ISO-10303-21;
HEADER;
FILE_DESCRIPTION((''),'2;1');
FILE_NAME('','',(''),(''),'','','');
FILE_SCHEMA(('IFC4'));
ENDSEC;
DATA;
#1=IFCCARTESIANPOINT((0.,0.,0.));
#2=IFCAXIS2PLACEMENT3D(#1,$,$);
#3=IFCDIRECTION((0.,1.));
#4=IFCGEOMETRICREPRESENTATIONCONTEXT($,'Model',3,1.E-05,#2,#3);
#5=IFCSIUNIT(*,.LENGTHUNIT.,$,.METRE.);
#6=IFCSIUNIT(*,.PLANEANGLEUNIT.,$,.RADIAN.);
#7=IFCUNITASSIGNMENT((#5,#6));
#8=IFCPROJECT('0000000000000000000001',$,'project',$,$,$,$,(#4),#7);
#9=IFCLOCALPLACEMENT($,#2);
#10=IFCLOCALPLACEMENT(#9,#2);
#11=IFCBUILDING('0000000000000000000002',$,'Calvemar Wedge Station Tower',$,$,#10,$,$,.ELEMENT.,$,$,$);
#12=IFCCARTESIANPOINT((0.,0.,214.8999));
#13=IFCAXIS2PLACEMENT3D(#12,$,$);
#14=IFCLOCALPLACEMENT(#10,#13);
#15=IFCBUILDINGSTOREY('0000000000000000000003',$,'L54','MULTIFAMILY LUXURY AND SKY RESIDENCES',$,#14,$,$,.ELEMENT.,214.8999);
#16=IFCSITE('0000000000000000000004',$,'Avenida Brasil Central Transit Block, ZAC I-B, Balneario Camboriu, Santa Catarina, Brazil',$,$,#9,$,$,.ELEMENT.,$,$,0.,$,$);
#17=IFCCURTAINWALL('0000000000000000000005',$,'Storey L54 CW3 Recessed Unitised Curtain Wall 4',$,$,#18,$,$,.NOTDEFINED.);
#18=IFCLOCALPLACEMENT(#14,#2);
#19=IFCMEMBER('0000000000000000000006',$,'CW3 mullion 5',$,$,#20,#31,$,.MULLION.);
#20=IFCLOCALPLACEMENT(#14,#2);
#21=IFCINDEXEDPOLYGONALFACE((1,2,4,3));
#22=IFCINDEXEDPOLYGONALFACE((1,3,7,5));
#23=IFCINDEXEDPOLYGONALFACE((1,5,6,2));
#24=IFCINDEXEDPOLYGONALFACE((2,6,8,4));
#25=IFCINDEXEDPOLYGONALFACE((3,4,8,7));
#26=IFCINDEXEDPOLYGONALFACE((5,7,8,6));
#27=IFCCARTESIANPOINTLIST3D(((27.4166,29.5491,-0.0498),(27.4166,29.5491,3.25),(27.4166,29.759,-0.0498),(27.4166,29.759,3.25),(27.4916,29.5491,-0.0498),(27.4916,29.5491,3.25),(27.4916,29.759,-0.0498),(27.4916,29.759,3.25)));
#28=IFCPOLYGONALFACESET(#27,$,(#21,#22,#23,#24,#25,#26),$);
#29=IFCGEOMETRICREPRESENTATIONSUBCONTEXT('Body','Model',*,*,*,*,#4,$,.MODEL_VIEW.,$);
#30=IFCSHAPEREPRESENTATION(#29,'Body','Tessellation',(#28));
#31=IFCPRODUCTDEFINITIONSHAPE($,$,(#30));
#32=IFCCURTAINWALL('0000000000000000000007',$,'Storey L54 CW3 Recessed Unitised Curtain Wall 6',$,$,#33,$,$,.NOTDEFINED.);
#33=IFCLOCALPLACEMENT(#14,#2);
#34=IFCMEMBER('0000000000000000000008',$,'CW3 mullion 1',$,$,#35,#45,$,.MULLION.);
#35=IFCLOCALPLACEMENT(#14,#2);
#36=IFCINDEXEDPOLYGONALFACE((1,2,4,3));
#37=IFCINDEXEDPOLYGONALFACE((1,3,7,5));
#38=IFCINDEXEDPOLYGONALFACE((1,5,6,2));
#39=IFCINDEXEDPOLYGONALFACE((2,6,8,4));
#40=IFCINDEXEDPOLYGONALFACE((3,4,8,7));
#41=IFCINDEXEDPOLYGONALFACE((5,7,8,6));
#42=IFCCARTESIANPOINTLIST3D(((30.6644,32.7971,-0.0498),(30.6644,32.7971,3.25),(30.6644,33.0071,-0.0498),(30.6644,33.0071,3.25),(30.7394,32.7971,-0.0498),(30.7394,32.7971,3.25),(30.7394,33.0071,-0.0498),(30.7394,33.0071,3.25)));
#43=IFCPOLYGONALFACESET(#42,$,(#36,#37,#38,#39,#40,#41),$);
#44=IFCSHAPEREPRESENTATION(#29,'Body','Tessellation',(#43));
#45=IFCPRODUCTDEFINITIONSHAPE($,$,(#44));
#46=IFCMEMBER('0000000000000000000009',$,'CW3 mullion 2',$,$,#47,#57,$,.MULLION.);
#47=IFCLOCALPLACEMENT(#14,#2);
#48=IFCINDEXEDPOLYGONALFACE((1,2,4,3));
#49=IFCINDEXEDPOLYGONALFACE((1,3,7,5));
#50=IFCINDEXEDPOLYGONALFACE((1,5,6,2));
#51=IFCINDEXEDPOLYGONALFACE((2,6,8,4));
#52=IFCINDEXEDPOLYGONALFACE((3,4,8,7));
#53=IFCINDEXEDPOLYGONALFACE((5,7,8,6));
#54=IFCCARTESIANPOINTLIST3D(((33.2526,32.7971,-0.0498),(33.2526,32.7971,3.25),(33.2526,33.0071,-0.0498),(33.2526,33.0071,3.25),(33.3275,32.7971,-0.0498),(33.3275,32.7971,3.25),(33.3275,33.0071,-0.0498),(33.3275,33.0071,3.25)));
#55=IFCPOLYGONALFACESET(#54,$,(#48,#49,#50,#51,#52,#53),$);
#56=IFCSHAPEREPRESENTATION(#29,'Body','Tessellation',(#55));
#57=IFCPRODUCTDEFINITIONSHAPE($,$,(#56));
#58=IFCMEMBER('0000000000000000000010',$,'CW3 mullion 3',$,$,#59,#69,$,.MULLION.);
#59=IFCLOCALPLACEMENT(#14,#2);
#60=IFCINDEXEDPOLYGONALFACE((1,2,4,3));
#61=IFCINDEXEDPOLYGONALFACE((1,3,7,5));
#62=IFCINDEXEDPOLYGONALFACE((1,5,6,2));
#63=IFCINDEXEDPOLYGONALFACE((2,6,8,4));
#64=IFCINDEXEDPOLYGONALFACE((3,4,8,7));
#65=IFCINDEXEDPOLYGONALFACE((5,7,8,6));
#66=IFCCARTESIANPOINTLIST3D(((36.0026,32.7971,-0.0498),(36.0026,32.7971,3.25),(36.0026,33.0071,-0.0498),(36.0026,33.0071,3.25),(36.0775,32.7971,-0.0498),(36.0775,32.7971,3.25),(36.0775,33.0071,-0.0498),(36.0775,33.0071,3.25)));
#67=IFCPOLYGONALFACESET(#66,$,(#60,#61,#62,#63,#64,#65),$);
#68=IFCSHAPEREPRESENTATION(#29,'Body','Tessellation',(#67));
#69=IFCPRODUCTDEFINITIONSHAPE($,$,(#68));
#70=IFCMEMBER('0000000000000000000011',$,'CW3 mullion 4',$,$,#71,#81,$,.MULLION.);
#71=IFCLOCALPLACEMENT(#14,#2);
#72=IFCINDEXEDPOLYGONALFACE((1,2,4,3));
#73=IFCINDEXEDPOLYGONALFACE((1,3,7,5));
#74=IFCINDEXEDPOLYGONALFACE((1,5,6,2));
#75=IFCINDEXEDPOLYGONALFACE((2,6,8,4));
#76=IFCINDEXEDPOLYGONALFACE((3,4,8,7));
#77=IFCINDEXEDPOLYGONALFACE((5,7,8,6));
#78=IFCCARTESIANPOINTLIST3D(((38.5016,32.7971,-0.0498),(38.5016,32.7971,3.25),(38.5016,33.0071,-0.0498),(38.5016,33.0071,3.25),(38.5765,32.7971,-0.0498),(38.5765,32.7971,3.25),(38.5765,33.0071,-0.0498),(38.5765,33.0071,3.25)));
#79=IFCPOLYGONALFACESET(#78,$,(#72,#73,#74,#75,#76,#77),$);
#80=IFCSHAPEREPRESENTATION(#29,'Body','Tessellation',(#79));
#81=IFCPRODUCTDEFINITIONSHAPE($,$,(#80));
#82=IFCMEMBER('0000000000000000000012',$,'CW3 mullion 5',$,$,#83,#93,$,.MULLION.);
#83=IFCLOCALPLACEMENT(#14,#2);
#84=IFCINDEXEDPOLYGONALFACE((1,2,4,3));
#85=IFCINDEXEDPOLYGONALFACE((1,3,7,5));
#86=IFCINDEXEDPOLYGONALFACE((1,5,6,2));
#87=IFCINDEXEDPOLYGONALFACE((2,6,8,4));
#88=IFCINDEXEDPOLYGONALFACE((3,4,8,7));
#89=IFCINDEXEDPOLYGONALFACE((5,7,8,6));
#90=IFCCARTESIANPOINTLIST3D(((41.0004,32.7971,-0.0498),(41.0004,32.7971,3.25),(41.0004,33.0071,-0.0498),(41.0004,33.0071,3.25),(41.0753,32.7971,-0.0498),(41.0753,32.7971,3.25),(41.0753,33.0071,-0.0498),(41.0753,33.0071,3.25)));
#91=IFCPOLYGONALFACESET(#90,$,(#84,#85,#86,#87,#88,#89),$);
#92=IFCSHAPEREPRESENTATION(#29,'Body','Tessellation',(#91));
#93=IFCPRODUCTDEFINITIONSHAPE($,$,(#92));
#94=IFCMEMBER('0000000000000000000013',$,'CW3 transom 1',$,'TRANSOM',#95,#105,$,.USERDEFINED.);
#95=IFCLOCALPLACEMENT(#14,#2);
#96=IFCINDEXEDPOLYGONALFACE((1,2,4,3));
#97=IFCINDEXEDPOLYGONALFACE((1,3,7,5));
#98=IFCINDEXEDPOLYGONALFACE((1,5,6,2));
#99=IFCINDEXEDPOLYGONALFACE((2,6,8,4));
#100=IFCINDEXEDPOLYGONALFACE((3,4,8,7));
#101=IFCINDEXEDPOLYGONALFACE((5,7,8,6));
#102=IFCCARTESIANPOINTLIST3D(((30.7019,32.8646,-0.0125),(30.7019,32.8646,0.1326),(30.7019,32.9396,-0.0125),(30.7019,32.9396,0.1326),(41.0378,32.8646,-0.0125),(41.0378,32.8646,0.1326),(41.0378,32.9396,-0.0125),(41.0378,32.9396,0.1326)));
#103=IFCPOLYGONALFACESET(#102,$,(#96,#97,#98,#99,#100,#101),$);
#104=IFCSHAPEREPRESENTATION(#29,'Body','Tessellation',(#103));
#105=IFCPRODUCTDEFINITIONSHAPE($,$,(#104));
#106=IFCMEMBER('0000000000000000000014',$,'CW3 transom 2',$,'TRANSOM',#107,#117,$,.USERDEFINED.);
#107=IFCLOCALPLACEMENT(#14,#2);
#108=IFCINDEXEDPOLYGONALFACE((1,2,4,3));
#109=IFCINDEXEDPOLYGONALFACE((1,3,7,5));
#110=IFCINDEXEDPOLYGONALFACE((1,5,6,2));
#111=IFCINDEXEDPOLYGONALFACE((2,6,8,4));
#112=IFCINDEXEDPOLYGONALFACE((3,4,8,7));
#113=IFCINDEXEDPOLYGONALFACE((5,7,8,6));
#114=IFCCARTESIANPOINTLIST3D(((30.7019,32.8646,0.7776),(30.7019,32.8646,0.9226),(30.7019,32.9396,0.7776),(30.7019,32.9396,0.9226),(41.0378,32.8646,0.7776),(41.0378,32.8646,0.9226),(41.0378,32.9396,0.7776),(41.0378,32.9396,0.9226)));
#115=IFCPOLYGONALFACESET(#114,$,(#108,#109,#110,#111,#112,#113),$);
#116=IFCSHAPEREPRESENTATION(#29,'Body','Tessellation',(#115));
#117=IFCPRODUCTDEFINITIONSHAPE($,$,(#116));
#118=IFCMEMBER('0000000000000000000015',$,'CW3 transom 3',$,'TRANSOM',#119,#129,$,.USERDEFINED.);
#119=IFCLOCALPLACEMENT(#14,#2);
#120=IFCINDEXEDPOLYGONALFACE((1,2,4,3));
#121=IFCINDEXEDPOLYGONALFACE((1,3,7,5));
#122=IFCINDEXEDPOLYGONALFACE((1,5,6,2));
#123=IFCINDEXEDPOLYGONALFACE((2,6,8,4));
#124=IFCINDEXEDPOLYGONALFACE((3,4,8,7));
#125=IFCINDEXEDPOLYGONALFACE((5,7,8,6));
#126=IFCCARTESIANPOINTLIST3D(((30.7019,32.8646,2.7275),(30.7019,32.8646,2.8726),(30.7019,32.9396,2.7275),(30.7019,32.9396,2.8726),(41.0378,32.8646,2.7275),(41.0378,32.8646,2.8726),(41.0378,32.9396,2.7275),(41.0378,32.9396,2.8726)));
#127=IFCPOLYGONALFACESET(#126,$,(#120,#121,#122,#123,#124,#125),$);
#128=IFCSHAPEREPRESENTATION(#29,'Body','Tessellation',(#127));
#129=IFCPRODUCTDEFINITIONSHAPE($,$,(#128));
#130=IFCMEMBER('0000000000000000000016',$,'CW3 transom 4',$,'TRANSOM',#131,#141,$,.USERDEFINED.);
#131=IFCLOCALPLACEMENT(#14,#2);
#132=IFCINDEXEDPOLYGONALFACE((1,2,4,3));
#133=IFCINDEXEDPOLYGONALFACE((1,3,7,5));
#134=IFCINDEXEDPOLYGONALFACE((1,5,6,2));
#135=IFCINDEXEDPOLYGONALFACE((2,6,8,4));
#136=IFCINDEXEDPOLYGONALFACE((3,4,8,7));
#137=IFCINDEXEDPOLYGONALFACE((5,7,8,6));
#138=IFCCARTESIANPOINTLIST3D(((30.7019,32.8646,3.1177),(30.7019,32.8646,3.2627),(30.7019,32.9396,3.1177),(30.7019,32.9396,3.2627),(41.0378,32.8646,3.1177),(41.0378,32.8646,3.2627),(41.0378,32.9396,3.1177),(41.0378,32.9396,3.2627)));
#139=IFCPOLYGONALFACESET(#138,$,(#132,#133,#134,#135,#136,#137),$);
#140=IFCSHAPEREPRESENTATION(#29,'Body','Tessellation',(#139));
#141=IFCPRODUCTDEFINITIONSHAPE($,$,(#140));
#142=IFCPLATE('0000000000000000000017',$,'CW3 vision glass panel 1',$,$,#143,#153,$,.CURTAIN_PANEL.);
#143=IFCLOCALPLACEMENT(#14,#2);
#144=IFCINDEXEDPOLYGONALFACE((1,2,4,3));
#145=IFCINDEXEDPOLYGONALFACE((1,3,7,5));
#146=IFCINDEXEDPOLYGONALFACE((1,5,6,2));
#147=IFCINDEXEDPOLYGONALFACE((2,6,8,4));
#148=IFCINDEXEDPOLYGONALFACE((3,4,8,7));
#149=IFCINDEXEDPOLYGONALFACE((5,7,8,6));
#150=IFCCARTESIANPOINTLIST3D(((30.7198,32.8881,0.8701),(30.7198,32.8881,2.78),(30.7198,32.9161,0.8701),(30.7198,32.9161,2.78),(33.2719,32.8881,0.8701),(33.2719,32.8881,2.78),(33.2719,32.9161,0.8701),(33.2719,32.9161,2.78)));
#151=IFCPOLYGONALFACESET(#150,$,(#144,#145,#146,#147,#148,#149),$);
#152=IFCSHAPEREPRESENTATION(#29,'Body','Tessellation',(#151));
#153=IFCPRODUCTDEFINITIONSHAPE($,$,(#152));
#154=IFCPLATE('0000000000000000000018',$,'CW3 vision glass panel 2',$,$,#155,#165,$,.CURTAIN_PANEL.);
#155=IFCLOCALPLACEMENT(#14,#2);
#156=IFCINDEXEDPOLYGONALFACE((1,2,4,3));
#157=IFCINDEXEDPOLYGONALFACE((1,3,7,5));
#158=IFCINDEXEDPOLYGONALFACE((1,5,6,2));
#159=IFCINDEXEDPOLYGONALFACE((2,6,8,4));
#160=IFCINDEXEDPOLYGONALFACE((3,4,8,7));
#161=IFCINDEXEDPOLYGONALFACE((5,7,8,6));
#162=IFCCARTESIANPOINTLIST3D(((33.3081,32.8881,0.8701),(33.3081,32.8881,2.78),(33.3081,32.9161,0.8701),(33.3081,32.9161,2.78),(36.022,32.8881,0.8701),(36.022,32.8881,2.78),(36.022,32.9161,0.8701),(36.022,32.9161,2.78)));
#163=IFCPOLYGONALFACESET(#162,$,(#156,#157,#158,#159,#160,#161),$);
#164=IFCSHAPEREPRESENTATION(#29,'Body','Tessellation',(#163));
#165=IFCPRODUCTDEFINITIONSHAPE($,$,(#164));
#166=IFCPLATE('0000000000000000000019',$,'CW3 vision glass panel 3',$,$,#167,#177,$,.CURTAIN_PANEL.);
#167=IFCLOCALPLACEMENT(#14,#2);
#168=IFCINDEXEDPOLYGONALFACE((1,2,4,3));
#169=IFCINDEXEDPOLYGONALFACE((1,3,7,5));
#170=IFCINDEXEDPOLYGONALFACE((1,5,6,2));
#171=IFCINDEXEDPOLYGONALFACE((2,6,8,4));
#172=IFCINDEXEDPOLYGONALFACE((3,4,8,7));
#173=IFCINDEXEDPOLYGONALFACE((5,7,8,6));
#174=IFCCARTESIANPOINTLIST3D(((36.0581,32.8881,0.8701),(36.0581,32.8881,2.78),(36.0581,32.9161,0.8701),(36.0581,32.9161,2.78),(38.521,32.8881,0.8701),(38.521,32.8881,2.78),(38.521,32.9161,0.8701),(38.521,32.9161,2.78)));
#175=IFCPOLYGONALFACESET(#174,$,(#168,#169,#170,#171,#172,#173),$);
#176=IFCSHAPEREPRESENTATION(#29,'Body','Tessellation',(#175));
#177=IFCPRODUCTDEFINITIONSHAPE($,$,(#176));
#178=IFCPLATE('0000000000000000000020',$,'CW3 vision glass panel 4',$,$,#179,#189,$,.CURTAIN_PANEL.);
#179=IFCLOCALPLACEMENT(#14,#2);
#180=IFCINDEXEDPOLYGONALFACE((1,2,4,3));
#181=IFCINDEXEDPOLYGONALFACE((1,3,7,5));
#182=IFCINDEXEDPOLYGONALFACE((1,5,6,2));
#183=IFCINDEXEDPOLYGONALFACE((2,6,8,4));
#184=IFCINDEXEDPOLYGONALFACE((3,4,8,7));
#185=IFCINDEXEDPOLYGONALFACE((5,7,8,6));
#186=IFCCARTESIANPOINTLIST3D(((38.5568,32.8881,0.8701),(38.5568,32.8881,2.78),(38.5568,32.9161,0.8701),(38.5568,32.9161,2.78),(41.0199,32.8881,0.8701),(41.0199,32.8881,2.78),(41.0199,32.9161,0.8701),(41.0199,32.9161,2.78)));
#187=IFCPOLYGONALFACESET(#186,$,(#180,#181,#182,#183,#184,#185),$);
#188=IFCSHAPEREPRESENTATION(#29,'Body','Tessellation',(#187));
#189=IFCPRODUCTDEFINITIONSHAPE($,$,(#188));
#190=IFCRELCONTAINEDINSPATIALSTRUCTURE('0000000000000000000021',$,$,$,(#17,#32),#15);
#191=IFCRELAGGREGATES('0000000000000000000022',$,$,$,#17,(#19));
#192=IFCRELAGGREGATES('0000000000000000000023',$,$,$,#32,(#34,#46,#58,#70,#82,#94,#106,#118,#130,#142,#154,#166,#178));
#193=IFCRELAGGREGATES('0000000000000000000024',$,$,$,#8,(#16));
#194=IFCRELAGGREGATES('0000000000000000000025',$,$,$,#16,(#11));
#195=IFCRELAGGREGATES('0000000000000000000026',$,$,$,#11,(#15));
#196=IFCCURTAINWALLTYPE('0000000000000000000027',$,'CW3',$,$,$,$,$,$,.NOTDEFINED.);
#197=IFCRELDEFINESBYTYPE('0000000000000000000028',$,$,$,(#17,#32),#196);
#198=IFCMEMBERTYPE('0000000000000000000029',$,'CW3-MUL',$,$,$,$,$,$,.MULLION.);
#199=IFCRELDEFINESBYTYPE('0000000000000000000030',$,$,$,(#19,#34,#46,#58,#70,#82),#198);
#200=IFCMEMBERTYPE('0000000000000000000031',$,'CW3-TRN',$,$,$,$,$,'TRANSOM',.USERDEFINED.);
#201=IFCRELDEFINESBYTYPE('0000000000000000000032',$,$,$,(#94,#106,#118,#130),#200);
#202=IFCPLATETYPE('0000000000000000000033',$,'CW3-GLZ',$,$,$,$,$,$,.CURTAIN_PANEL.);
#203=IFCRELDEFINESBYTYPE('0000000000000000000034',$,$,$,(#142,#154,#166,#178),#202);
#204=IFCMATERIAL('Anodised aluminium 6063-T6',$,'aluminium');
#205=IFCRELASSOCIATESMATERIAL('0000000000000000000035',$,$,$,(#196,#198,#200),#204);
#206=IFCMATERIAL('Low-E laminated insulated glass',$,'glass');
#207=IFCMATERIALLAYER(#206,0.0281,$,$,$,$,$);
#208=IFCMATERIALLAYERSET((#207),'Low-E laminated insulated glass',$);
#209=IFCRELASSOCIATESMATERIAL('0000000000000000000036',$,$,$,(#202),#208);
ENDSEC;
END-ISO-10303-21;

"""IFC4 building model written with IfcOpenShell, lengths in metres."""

from ifc_helpers import new_model, si_unit, direction, frame, frame_2d, origin, origin_2d, place, context, subcontext, project, spatial, rectangle, extrude, source, transform, mapped, material, layer, layer_set, material_profile, profile_set, type_object, element, aggregate, save


model = new_model("IFC4")

# Units and contexts
model_context = context("Model", 3, precision=1e-05, world=origin(), true_north=direction((0.0, 1.0)))
body_context = subcontext(model_context, "Body", "Model", "MODEL_VIEW")
ifc_project = project(units=[si_unit("LENGTHUNIT", "METRE"), si_unit("PLANEANGLEUNIT", "RADIAN")], contexts=[model_context])

# Site, building, storey
site_placement = place(None, origin())
site = spatial("IfcSite", under=ifc_project, at=site_placement, Name="Avenida Brasil Central Transit Block, ZAC I-B, Balneario Camboriu, Santa Catarina, Brazil", CompositionType="ELEMENT", RefElevation=0.0)
building_placement = place(site_placement, origin())
building = spatial("IfcBuilding", under=site, at=building_placement, Name="Calvemar Wedge Station Tower", CompositionType="ELEMENT")
storey_placement = place(building_placement, frame((0.0, 0.0, 214.8999)))
storey = spatial("IfcBuildingStorey", under=building, at=storey_placement, Name="L54", Description="MULTIFAMILY LUXURY AND SKY RESIDENCES", CompositionType="ELEMENT", Elevation=214.8999)

# Curtain wall, member
ifc_material_1 = material(Name="Anodised aluminium 6063-T6", Category="aluminium")
curtain_wall_type = type_object("IfcCurtainWallType", Name="CW3", PredefinedType="NOTDEFINED", material=ifc_material_1)
curtain_wall_1_placement = place(storey_placement, origin())
curtain_wall_1 = element("IfcCurtainWall", 1, at=curtain_wall_1_placement, inside=storey, type_object=curtain_wall_type, Name="Storey L54 CW3 Recessed Unitised Curtain Wall 4", PredefinedType="NOTDEFINED")
ifc_material_profile_1 = material_profile(ifc_material_1, rectangle(XDim=0.075, YDim=0.21, at=origin_2d()), Name="AL-MUL-75x210")
ifc_profile_set_1 = profile_set([ifc_material_profile_1], Name="Anodised aluminium 6063-T6")
member_type_1 = type_object("IfcMemberType", Name="CW3-MUL", PredefinedType="MULLION", material=ifc_profile_set_1)
shared_shape_1 = source(origin(), body_context, "Body", "SweptSolid", [
    extrude(rectangle(XDim=0.075, YDim=0.21, at=origin_2d()), origin(), (0.0, 0.0, 1.0), 3.2998),
])
member_1_placement = place(storey_placement, frame((27.4541, 29.6541, -0.0498), z_axis=(0.0, 0.0, 1.0), x_axis=(1.0, 0.0, 0.0)))
member_1 = element("IfcMember", 2, at=member_1_placement, type_object=member_type_1, Name="CW3 mullion 5", PredefinedType="MULLION", context=body_context, shape_type="MappedRepresentation", body=[
    mapped(shared_shape_1, transform((0.0, 0.0, 0.0), scale=1.0)),
])
aggregate(curtain_wall_1, [member_1])

# Curtain wall, members, plates
curtain_wall_2_placement = place(storey_placement, origin())
curtain_wall_2 = element("IfcCurtainWall", 3, at=curtain_wall_2_placement, inside=storey, type_object=curtain_wall_type, Name="Storey L54 CW3 Recessed Unitised Curtain Wall 6", PredefinedType="NOTDEFINED")
member_2_placement = place(storey_placement, frame((30.7019, 32.9021, -0.0498), z_axis=(0.0, 0.0, 1.0), x_axis=(1.0, 0.0, 0.0)))
member_2 = element("IfcMember", 4, at=member_2_placement, type_object=member_type_1, Name="CW3 mullion 1", PredefinedType="MULLION", context=body_context, shape_type="MappedRepresentation", body=[
    mapped(shared_shape_1, transform((0.0, 0.0, 0.0), scale=1.0)),
])
member_3_placement = place(storey_placement, frame((33.29, 32.9021, -0.0498), z_axis=(0.0, 0.0, 1.0), x_axis=(1.0, 0.0, 0.0)))
member_3 = element("IfcMember", 5, at=member_3_placement, type_object=member_type_1, Name="CW3 mullion 2", PredefinedType="MULLION", context=body_context, shape_type="MappedRepresentation", body=[
    mapped(shared_shape_1, transform((0.0, 0.0, 0.0), scale=1.0)),
])
member_4_placement = place(storey_placement, frame((36.04, 32.9021, -0.0498), z_axis=(0.0, 0.0, 1.0), x_axis=(1.0, 0.0, 0.0)))
member_4 = element("IfcMember", 6, at=member_4_placement, type_object=member_type_1, Name="CW3 mullion 3", PredefinedType="MULLION", context=body_context, shape_type="MappedRepresentation", body=[
    mapped(shared_shape_1, transform((0.0, 0.0, 0.0), scale=1.0)),
])
member_5_placement = place(storey_placement, frame((38.5391, 32.9021, -0.0498), z_axis=(0.0, 0.0, 1.0), x_axis=(1.0, 0.0, 0.0)))
member_5 = element("IfcMember", 7, at=member_5_placement, type_object=member_type_1, Name="CW3 mullion 4", PredefinedType="MULLION", context=body_context, shape_type="MappedRepresentation", body=[
    mapped(shared_shape_1, transform((0.0, 0.0, 0.0), scale=1.0)),
])
member_6_placement = place(storey_placement, frame((41.0378, 32.9021, -0.0498), z_axis=(0.0, 0.0, 1.0), x_axis=(1.0, 0.0, 0.0)))
member_6 = element("IfcMember", 8, at=member_6_placement, type_object=member_type_1, Name="CW3 mullion 5", PredefinedType="MULLION", context=body_context, shape_type="MappedRepresentation", body=[
    mapped(shared_shape_1, transform((0.0, 0.0, 0.0), scale=1.0)),
])
ifc_material_profile_2 = material_profile(ifc_material_1, rectangle(XDim=0.075, YDim=0.145, at=origin_2d()), Name="AL-TRN-75x145")
ifc_profile_set_2 = profile_set([ifc_material_profile_2], Name="Anodised aluminium 6063-T6")
member_type_2 = type_object("IfcMemberType", Name="CW3-TRN", ElementType="TRANSOM", PredefinedType="USERDEFINED", material=ifc_profile_set_2)
shared_shape_2 = source(origin(), body_context, "Body", "SweptSolid", [
    extrude(rectangle(XDim=0.075, YDim=0.145, at=origin_2d()), origin(), (0.0, 0.0, 1.0), 10.3359),
])
member_7_placement = place(storey_placement, frame((30.7019, 32.9021, 0.0601), z_axis=(1.0, 0.0, 0.0), x_axis=(0.0, 1.0, 0.0)))
member_7 = element("IfcMember", 9, at=member_7_placement, type_object=member_type_2, Name="CW3 transom 1", ObjectType="TRANSOM", PredefinedType="USERDEFINED", context=body_context, shape_type="MappedRepresentation", body=[
    mapped(shared_shape_2, transform((0.0, 0.0, 0.0), scale=1.0)),
])
member_8_placement = place(storey_placement, frame((30.7019, 32.9021, 0.8501), z_axis=(1.0, 0.0, 0.0), x_axis=(0.0, 1.0, 0.0)))
member_8 = element("IfcMember", 10, at=member_8_placement, type_object=member_type_2, Name="CW3 transom 2", ObjectType="TRANSOM", PredefinedType="USERDEFINED", context=body_context, shape_type="MappedRepresentation", body=[
    mapped(shared_shape_2, transform((0.0, 0.0, 0.0), scale=1.0)),
])
member_9_placement = place(storey_placement, frame((30.7019, 32.9021, 2.8), z_axis=(1.0, 0.0, 0.0), x_axis=(0.0, 1.0, 0.0)))
member_9 = element("IfcMember", 11, at=member_9_placement, type_object=member_type_2, Name="CW3 transom 3", ObjectType="TRANSOM", PredefinedType="USERDEFINED", context=body_context, shape_type="MappedRepresentation", body=[
    mapped(shared_shape_2, transform((0.0, 0.0, 0.0), scale=1.0)),
])
member_10_placement = place(storey_placement, frame((30.7019, 32.9021, 3.1902), z_axis=(1.0, 0.0, 0.0), x_axis=(0.0, 1.0, 0.0)))
member_10 = element("IfcMember", 12, at=member_10_placement, type_object=member_type_2, Name="CW3 transom 4", ObjectType="TRANSOM", PredefinedType="USERDEFINED", context=body_context, shape_type="MappedRepresentation", body=[
    mapped(shared_shape_2, transform((0.0, 0.0, 0.0), scale=1.0)),
])
ifc_material_2 = material(Name="Low-E laminated insulated glass", Category="glass")
ifc_layer_1 = layer(ifc_material_2, 0.0281)
ifc_layer_set_1 = layer_set([ifc_layer_1], Name="Low-E laminated insulated glass")
plate_type_1 = type_object("IfcPlateType", Name="CW3-GLZ", PredefinedType="CURTAIN_PANEL", material=ifc_layer_set_1)
plate_1_placement = place(storey_placement, frame((30.72, 32.9021, 0.8701), z_axis=(0.0, 0.0, 1.0), x_axis=(1.0, 0.0, 0.0)))
plate_1 = element("IfcPlate", 13, at=plate_1_placement, type_object=plate_type_1, Name="CW3 vision glass panel 1", PredefinedType="CURTAIN_PANEL", context=body_context, shape_type="SweptSolid", body=[
    extrude(rectangle(XDim=2.552, YDim=0.0281, at=frame_2d((1.2759, 0.0))), origin(), (0.0, 0.0, 1.0), 1.9099),
])
plate_2_placement = place(storey_placement, frame((33.3081, 32.9021, 0.8701), z_axis=(0.0, 0.0, 1.0), x_axis=(1.0, 0.0, 0.0)))
plate_2 = element("IfcPlate", 14, at=plate_2_placement, type_object=plate_type_1, Name="CW3 vision glass panel 2", PredefinedType="CURTAIN_PANEL", context=body_context, shape_type="SweptSolid", body=[
    extrude(rectangle(XDim=2.7139, YDim=0.0281, at=frame_2d((1.3569, 0.0))), origin(), (0.0, 0.0, 1.0), 1.9099),
])
plate_3_placement = place(storey_placement, frame((36.0581, 32.9021, 0.8701), z_axis=(0.0, 0.0, 1.0), x_axis=(1.0, 0.0, 0.0)))
plate_3 = element("IfcPlate", 15, at=plate_3_placement, type_object=plate_type_1, Name="CW3 vision glass panel 3", PredefinedType="CURTAIN_PANEL", context=body_context, shape_type="SweptSolid", body=[
    extrude(rectangle(XDim=2.4629, YDim=0.0281, at=frame_2d((1.2314, 0.0))), origin(), (0.0, 0.0, 1.0), 1.9099),
])
plate_4_placement = place(storey_placement, frame((38.5569, 32.9021, 0.8701), z_axis=(0.0, 0.0, 1.0), x_axis=(1.0, 0.0, 0.0)))
plate_4 = element("IfcPlate", 16, at=plate_4_placement, type_object=plate_type_1, Name="CW3 vision glass panel 4", PredefinedType="CURTAIN_PANEL", context=body_context, shape_type="SweptSolid", body=[
    extrude(rectangle(XDim=2.4631, YDim=0.0281, at=frame_2d((1.2314, 0.0))), origin(), (0.0, 0.0, 1.0), 1.9099),
])
aggregate(curtain_wall_2, [member_2, member_3, member_4, member_5, member_6, member_7, member_8, member_9, member_10, plate_1, plate_2, plate_3, plate_4])

save(model, "model.ifc")
